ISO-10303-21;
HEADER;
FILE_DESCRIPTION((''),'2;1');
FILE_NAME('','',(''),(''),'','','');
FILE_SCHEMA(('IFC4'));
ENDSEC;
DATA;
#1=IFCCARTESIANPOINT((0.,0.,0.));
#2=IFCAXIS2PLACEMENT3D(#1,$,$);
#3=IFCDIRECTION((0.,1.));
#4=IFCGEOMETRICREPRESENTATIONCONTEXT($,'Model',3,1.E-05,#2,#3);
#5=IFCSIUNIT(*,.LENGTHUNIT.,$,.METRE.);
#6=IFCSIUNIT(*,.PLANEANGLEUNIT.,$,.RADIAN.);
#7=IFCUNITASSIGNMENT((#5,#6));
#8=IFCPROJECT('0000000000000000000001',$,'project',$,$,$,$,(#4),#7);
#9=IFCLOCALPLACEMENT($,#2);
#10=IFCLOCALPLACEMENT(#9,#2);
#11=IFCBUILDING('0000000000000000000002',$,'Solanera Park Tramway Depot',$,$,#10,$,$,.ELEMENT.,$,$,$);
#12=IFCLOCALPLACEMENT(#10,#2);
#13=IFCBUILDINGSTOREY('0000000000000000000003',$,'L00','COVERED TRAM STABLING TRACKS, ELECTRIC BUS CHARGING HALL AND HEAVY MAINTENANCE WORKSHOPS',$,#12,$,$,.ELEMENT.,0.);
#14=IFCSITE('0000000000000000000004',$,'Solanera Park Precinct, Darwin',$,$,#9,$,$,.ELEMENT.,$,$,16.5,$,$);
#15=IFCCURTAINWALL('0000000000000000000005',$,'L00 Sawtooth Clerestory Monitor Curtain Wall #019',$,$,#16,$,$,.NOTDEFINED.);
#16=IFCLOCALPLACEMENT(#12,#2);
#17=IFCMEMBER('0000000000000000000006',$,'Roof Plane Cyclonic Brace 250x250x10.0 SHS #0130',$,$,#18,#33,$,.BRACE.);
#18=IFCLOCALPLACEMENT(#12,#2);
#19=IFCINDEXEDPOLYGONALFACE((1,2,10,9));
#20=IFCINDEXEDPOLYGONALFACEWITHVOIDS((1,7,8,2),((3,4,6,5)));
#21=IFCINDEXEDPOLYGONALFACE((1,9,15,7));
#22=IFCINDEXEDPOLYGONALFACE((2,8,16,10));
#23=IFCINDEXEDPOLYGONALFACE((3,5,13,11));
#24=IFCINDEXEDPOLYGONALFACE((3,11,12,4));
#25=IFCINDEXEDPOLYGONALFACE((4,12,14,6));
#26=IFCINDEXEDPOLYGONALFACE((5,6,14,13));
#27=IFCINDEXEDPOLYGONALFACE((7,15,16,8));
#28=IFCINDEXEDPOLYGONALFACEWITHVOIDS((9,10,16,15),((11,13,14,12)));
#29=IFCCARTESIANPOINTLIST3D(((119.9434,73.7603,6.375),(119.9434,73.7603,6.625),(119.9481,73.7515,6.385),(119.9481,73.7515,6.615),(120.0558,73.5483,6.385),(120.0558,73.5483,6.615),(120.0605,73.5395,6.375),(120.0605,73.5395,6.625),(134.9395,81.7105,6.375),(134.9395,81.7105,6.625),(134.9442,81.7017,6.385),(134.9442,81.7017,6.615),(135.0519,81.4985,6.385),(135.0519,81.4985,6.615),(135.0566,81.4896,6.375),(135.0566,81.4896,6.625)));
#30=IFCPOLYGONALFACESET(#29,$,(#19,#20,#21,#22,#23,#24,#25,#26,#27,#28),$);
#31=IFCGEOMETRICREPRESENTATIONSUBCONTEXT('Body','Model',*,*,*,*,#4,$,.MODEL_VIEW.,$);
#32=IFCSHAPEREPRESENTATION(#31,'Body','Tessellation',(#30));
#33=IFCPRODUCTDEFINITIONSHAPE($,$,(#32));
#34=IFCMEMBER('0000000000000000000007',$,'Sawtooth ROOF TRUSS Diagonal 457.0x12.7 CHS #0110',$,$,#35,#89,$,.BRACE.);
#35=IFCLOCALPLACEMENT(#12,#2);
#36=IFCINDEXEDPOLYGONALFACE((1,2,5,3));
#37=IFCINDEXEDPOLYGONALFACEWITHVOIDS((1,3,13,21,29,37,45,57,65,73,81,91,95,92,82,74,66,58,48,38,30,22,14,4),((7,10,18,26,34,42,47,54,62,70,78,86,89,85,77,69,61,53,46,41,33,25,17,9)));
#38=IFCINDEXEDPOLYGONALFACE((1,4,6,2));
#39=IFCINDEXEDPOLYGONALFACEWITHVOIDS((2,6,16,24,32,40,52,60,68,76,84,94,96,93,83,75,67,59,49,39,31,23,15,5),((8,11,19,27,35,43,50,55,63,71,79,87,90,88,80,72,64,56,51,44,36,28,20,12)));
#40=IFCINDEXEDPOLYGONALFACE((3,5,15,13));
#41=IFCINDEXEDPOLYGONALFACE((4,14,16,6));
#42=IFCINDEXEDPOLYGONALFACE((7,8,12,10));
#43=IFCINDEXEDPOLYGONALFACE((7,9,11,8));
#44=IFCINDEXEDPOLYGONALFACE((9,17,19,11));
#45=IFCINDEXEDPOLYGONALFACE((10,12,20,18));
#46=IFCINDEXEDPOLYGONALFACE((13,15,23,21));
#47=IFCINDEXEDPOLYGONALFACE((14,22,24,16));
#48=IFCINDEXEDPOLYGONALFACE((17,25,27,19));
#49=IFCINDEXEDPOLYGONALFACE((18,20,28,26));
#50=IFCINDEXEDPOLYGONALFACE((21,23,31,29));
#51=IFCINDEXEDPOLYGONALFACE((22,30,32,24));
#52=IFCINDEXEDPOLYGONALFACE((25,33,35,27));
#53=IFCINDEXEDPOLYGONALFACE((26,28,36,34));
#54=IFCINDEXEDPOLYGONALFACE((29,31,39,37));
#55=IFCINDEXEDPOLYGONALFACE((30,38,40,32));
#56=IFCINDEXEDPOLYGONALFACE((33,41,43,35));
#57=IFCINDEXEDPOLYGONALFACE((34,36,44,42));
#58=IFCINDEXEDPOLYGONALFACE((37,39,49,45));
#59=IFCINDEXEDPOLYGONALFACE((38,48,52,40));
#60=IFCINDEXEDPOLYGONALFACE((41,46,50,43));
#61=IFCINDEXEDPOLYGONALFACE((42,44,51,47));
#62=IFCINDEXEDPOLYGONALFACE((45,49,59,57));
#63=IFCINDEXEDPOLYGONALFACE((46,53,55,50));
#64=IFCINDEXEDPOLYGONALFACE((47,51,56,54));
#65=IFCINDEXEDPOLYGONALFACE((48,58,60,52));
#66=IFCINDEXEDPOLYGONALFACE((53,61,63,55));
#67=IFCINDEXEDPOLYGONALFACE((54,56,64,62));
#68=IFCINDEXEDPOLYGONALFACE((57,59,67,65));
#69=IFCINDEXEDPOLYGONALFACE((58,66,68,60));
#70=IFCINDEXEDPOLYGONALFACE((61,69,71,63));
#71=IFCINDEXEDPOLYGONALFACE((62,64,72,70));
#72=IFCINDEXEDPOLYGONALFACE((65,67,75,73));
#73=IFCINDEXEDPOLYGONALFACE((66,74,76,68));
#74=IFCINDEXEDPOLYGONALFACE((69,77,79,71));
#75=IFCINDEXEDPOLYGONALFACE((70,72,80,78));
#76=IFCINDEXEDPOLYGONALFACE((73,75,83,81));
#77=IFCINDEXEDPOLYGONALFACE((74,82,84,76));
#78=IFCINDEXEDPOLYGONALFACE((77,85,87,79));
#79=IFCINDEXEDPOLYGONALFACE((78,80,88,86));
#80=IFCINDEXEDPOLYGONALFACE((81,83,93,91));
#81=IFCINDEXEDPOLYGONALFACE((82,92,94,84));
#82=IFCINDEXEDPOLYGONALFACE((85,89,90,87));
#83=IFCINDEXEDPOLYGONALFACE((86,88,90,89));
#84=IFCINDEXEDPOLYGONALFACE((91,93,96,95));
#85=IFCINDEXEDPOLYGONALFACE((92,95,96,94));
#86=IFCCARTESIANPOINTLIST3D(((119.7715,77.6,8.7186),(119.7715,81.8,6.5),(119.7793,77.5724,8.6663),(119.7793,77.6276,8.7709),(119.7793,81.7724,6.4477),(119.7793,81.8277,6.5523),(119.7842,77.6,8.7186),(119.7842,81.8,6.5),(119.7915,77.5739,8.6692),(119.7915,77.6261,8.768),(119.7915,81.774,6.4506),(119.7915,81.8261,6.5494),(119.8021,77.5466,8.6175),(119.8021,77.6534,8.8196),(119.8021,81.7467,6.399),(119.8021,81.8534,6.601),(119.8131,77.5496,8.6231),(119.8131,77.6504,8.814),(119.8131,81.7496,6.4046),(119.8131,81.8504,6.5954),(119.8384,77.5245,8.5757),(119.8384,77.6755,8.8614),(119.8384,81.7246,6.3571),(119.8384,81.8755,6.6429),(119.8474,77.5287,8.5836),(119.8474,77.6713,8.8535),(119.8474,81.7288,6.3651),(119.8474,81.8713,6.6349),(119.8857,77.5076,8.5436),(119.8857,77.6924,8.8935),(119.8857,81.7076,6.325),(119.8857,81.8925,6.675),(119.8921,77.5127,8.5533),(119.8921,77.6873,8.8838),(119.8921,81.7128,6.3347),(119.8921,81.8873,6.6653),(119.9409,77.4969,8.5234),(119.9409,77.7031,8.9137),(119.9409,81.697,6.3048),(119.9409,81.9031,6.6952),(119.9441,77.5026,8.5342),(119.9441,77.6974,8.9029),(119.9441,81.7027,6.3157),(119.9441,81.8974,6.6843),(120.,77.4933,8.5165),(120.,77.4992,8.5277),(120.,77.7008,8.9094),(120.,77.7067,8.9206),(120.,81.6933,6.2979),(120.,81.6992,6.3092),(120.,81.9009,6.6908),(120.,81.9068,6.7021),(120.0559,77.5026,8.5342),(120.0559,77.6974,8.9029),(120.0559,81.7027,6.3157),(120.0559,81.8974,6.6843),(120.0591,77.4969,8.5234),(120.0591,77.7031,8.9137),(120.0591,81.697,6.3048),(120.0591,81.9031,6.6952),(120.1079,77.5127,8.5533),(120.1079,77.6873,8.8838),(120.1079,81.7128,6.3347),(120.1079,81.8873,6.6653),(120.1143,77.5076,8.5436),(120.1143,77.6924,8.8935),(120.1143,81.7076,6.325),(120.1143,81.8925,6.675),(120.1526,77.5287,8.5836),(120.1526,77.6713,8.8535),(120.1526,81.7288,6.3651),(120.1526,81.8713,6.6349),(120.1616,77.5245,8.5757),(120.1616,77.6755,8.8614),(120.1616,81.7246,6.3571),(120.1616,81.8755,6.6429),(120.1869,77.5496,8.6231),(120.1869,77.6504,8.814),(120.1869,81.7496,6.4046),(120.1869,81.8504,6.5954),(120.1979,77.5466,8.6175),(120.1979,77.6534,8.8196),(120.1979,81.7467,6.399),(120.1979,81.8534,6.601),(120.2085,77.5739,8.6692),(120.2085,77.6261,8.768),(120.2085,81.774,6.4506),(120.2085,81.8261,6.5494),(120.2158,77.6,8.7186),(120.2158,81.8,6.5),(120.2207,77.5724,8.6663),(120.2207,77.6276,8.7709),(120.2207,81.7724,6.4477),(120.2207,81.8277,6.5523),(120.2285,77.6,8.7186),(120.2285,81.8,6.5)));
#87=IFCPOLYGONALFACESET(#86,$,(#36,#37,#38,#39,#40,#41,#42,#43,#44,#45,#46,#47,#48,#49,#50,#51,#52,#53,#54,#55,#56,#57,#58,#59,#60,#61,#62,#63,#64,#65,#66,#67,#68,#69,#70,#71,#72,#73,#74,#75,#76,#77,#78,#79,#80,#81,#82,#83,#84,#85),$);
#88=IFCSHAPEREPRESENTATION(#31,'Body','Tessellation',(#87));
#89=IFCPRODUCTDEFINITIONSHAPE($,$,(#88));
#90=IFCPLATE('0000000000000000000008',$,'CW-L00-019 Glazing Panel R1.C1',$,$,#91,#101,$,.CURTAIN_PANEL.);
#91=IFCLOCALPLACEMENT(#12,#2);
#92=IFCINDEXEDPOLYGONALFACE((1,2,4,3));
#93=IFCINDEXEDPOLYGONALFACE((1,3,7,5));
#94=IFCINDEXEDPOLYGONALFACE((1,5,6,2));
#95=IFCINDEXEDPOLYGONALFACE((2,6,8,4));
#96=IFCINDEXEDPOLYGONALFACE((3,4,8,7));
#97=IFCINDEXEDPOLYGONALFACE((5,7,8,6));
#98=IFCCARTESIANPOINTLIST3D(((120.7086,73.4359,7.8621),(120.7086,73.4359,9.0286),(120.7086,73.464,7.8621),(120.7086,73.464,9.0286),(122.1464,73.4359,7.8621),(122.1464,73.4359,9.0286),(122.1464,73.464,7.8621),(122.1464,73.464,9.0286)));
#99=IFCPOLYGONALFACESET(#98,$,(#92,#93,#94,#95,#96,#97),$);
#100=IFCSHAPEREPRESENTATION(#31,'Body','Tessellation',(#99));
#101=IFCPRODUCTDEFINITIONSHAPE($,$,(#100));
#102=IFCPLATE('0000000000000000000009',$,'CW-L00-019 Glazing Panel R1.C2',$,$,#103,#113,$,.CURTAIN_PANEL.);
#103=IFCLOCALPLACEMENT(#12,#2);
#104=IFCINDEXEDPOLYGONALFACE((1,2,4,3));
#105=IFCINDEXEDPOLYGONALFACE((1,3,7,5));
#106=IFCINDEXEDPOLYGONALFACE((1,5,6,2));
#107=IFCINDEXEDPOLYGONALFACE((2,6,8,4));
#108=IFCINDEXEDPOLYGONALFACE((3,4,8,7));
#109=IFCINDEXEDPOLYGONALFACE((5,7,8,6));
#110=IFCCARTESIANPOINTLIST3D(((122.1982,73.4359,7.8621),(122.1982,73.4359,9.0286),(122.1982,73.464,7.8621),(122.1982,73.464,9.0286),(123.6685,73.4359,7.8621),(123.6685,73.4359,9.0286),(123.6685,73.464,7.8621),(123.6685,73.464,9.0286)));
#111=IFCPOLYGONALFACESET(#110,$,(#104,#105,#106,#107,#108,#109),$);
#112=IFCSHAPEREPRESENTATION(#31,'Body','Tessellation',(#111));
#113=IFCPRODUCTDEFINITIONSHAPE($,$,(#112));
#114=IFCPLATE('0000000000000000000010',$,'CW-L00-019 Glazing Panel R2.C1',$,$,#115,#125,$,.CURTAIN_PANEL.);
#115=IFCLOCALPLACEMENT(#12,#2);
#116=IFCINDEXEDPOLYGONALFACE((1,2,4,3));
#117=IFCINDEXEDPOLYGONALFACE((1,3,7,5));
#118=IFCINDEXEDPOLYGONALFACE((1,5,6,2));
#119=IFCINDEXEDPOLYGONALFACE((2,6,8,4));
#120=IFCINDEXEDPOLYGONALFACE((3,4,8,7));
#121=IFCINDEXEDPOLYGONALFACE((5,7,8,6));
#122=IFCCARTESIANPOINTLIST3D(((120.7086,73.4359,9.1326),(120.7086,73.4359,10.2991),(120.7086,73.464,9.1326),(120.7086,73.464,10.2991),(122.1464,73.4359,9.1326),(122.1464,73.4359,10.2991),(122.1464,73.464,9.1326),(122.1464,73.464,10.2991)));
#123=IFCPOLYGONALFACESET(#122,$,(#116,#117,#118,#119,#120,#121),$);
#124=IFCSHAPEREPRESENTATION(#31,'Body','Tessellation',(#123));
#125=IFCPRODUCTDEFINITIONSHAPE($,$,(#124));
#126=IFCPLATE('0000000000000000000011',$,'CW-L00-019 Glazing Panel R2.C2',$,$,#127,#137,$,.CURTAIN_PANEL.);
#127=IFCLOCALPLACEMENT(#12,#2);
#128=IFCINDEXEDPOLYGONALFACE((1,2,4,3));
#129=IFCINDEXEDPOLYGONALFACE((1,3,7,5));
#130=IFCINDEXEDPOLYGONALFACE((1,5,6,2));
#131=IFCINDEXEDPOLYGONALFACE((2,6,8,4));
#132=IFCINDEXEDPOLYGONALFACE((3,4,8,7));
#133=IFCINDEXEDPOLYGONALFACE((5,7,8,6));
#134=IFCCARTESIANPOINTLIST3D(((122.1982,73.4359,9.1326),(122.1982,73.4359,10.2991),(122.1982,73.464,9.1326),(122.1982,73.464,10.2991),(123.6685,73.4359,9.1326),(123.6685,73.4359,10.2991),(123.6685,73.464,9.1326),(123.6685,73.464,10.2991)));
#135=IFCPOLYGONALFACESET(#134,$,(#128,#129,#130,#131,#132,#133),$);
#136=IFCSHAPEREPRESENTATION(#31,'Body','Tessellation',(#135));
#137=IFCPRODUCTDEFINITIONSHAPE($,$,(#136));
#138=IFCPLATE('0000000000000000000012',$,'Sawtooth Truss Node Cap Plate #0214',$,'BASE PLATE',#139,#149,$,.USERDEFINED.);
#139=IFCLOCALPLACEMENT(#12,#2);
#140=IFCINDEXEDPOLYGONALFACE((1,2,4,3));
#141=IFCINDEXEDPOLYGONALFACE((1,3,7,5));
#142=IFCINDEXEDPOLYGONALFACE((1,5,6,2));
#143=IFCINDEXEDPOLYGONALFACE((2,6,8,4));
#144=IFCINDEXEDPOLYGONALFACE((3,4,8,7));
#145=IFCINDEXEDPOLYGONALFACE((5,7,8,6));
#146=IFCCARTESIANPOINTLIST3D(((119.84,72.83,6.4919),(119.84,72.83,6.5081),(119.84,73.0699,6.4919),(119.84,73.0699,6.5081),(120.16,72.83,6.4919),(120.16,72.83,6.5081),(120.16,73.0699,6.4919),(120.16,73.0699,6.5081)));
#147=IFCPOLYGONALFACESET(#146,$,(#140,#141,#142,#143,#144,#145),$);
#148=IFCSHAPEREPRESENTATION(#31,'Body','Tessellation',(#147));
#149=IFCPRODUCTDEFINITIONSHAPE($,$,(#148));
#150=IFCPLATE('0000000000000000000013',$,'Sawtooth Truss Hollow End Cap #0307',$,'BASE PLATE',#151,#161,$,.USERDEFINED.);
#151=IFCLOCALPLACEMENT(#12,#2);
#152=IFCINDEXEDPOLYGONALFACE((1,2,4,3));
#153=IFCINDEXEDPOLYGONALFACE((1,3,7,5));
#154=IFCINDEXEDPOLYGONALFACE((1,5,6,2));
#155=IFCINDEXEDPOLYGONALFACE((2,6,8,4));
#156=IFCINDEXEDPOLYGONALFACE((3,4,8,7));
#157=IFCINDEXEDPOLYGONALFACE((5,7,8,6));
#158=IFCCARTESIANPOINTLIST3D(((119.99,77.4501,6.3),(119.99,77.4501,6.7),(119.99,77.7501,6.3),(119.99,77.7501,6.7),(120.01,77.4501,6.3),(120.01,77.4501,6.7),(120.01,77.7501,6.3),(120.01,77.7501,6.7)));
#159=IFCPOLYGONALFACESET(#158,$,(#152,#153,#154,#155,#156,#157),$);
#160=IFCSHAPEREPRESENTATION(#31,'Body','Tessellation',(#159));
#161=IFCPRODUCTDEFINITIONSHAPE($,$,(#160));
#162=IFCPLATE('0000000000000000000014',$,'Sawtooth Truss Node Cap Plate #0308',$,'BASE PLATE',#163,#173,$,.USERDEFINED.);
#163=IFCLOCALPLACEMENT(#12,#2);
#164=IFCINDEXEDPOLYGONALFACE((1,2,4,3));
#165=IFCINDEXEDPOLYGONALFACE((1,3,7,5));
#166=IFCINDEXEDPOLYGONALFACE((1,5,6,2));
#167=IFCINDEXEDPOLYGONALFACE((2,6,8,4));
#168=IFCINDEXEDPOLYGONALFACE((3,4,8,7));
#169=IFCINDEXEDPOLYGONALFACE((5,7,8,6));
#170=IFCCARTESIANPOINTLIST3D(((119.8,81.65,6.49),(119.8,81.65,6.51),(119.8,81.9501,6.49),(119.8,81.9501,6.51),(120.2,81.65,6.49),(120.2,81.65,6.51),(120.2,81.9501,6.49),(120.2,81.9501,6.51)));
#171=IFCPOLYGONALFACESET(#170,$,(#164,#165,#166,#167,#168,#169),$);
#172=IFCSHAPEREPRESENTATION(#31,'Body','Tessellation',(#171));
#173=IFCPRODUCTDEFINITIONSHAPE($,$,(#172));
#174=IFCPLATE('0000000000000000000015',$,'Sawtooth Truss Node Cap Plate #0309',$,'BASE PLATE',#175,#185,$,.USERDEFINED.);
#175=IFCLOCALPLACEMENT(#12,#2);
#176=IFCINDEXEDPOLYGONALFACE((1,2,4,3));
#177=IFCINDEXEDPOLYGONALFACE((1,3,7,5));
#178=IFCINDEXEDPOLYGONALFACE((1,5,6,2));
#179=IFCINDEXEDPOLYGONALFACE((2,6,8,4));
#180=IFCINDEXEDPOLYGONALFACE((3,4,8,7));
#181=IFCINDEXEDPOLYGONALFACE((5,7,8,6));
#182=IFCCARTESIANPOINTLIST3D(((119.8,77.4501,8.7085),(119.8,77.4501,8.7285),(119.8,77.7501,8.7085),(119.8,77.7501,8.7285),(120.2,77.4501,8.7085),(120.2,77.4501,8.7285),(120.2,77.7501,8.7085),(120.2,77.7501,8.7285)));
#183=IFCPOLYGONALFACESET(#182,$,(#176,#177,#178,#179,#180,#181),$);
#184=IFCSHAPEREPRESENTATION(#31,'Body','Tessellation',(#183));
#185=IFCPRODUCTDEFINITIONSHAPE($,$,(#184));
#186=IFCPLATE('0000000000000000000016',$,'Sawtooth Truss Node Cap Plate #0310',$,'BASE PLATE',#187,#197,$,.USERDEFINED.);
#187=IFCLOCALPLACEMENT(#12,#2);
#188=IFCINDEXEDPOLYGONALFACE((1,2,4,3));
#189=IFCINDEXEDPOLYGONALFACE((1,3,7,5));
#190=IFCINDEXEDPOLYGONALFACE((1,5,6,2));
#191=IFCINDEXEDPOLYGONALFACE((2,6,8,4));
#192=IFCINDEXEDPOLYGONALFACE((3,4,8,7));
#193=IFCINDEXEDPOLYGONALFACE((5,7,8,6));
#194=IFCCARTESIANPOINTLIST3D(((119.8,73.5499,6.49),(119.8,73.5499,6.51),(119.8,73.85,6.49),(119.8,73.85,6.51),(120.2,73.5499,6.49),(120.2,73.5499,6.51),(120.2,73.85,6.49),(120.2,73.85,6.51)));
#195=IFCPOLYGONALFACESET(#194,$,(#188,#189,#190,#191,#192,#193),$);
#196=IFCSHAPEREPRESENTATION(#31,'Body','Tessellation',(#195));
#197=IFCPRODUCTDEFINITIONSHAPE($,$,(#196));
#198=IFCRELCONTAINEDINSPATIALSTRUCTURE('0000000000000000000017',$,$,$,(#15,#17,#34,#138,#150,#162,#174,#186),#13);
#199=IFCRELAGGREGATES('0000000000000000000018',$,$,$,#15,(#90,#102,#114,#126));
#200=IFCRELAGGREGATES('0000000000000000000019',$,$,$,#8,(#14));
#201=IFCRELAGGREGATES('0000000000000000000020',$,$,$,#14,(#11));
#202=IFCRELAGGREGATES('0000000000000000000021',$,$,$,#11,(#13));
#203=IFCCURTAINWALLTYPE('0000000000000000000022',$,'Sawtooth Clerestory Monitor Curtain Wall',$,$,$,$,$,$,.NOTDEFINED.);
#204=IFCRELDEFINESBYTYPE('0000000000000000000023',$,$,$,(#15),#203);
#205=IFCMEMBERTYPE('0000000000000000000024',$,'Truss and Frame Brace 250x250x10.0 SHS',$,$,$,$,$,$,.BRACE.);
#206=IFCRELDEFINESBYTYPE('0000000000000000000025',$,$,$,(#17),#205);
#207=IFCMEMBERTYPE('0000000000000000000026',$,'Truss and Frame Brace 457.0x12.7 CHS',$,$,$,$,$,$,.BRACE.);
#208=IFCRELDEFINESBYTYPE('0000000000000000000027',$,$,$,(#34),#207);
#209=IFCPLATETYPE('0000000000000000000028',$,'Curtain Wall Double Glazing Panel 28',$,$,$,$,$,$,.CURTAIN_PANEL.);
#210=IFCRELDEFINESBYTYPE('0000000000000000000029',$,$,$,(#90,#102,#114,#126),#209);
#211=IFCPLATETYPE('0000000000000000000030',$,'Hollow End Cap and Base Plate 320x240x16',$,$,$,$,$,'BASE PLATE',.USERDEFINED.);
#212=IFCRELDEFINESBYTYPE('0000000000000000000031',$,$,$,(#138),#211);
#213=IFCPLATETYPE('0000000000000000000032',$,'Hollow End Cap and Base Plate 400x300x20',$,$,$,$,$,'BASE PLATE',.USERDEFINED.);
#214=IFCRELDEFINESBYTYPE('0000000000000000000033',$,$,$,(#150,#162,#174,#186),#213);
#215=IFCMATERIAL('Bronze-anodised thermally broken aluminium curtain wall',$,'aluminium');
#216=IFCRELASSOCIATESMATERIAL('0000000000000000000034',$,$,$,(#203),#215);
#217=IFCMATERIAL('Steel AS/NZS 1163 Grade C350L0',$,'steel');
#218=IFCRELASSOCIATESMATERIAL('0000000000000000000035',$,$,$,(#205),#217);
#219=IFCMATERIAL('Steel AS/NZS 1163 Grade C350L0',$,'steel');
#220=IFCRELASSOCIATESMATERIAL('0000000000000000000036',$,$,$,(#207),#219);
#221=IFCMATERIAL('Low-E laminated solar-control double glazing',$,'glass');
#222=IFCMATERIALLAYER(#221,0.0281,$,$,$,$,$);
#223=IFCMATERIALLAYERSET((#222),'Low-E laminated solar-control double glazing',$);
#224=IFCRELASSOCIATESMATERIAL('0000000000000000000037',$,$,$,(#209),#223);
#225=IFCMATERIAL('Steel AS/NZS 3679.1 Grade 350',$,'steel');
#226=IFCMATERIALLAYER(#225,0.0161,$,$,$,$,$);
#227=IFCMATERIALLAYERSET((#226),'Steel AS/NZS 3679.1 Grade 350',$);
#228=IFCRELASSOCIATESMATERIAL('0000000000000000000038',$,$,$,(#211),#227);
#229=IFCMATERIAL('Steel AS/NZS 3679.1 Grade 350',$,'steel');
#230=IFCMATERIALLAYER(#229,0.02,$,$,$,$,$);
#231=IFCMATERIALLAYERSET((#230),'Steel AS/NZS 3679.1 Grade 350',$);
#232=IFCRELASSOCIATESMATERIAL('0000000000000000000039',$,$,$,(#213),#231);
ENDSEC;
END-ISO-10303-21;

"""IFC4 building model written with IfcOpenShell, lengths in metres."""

from ifc_helpers import new_model, si_unit, direction, frame, origin, origin_2d, place, context, subcontext, project, spatial, rectangle, hollow_rectangle, hollow_circle, extrude, material, layer, layer_set, material_profile, profile_set, type_object, element, aggregate, save


model = new_model("IFC4")

# Units and contexts
model_context = context("Model", 3, precision=1e-05, world=origin(), true_north=direction((0.0, 1.0)))
body_context = subcontext(model_context, "Body", "Model", "MODEL_VIEW")
ifc_project = project(units=[si_unit("LENGTHUNIT", "METRE"), si_unit("PLANEANGLEUNIT", "RADIAN")], contexts=[model_context])

# Site, building, storey
site_placement = place(None, origin())
site = spatial("IfcSite", under=ifc_project, at=site_placement, Name="Solanera Park Precinct, Darwin", CompositionType="ELEMENT", RefElevation=16.5)
building_placement = place(site_placement, origin())
building = spatial("IfcBuilding", under=site, at=building_placement, Name="Solanera Park Tramway Depot", CompositionType="ELEMENT")
storey_placement = place(building_placement, origin())
storey = spatial("IfcBuildingStorey", under=building, at=storey_placement, Name="L00", Description="COVERED TRAM STABLING TRACKS, ELECTRIC BUS CHARGING HALL AND HEAVY MAINTENANCE WORKSHOPS", CompositionType="ELEMENT", Elevation=0.0)

# Curtain wall
ifc_material_1 = material(Name="Bronze-anodised thermally broken aluminium curtain wall", Category="aluminium")
curtain_wall_type = type_object("IfcCurtainWallType", Name="Sawtooth Clerestory Monitor Curtain Wall", PredefinedType="NOTDEFINED", material=ifc_material_1)
curtain_wall_placement = place(storey_placement, origin())
curtain_wall = element("IfcCurtainWall", 1, at=curtain_wall_placement, inside=storey, type_object=curtain_wall_type, Name="L00 Sawtooth Clerestory Monitor Curtain Wall #019", PredefinedType="NOTDEFINED")

# Members
ifc_material_2 = material(Name="Steel AS/NZS 1163 Grade C350L0", Category="steel")
ifc_material_profile_1 = material_profile(ifc_material_2, hollow_rectangle(XDim=0.25, YDim=0.25, WallThickness=0.01, at=origin_2d()), Name="250x250x10.0 SHS")
ifc_profile_set_1 = profile_set([ifc_material_profile_1], Name="Steel AS/NZS 1163 Grade C350L0")
member_type_1 = type_object("IfcMemberType", Name="Truss and Frame Brace 250x250x10.0 SHS", PredefinedType="BRACE", material=ifc_profile_set_1)
member_1_placement = place(storey_placement, frame((120.002, 73.6499, 6.5), z_axis=(0.883518, 0.468398, 0.0), x_axis=(-0.468398, 0.883518, 0.0)))
element("IfcMember", 2, at=member_1_placement, inside=storey, type_object=member_type_1, Name="Roof Plane Cyclonic Brace 250x250x10.0 SHS #0130", PredefinedType="BRACE", context=body_context, shape_type="SweptSolid", body=[
    extrude(hollow_rectangle(XDim=0.25, YDim=0.25, WallThickness=0.01, at=origin_2d()), origin(), (0.0, 0.0, 1.0), 16.9731),
])
ifc_material_3 = material(Name="Steel AS/NZS 1163 Grade C350L0", Category="steel")
ifc_material_profile_2 = material_profile(ifc_material_3, hollow_circle(Radius=0.2285, WallThickness=0.0127, at=origin_2d()), Name="457.0x12.7 CHS")
ifc_profile_set_2 = profile_set([ifc_material_profile_2], Name="Steel AS/NZS 1163 Grade C350L0")
member_type_2 = type_object("IfcMemberType", Name="Truss and Frame Brace 457.0x12.7 CHS", PredefinedType="BRACE", material=ifc_profile_set_2)
member_2_placement = place(storey_placement, frame((120.0, 81.8, 6.5), z_axis=(0.0, -0.884223, 0.467066), x_axis=(1.0, 0.0, 0.0)))
element("IfcMember", 3, at=member_2_placement, inside=storey, type_object=member_type_2, Name="Sawtooth ROOF TRUSS Diagonal 457.0x12.7 CHS #0110", PredefinedType="BRACE", context=body_context, shape_type="SweptSolid", body=[
    extrude(hollow_circle(Radius=0.2285, WallThickness=0.0127, at=origin_2d()), origin(), (0.0, 0.0, 1.0), 4.75),
])

# Plates
ifc_material_4 = material(Name="Low-E laminated solar-control double glazing", Category="glass")
ifc_layer_1 = layer(ifc_material_4, 0.0281)
ifc_layer_set_1 = layer_set([ifc_layer_1], Name="Low-E laminated solar-control double glazing")
plate_type_1 = type_object("IfcPlateType", Name="Curtain Wall Double Glazing Panel 28", PredefinedType="CURTAIN_PANEL", material=ifc_layer_set_1)
plate_1_placement = place(storey_placement, frame((121.4275, 73.45, 7.8621), z_axis=(0.0, 0.0, 1.0), x_axis=(1.0, 0.0, 0.0)))
plate_1 = element("IfcPlate", 4, at=plate_1_placement, type_object=plate_type_1, Name="CW-L00-019 Glazing Panel R1.C1", PredefinedType="CURTAIN_PANEL", context=body_context, shape_type="SweptSolid", body=[
    extrude(rectangle(XDim=1.4377, YDim=0.0281, at=origin_2d()), origin(), (0.0, 0.0, 1.0), 1.1665),
])
plate_2_placement = place(storey_placement, frame((122.9333, 73.45, 7.8621), z_axis=(0.0, 0.0, 1.0), x_axis=(1.0, 0.0, 0.0)))
plate_2 = element("IfcPlate", 5, at=plate_2_placement, type_object=plate_type_1, Name="CW-L00-019 Glazing Panel R1.C2", PredefinedType="CURTAIN_PANEL", context=body_context, shape_type="SweptSolid", body=[
    extrude(rectangle(XDim=1.4702, YDim=0.0281, at=origin_2d()), origin(), (0.0, 0.0, 1.0), 1.1665),
])
plate_3_placement = place(storey_placement, frame((121.4275, 73.45, 9.1326), z_axis=(0.0, 0.0, 1.0), x_axis=(1.0, 0.0, 0.0)))
plate_3 = element("IfcPlate", 6, at=plate_3_placement, type_object=plate_type_1, Name="CW-L00-019 Glazing Panel R2.C1", PredefinedType="CURTAIN_PANEL", context=body_context, shape_type="SweptSolid", body=[
    extrude(rectangle(XDim=1.4377, YDim=0.0281, at=origin_2d()), origin(), (0.0, 0.0, 1.0), 1.1665),
])
plate_4_placement = place(storey_placement, frame((122.9333, 73.45, 9.1326), z_axis=(0.0, 0.0, 1.0), x_axis=(1.0, 0.0, 0.0)))
plate_4 = element("IfcPlate", 7, at=plate_4_placement, type_object=plate_type_1, Name="CW-L00-019 Glazing Panel R2.C2", PredefinedType="CURTAIN_PANEL", context=body_context, shape_type="SweptSolid", body=[
    extrude(rectangle(XDim=1.4702, YDim=0.0281, at=origin_2d()), origin(), (0.0, 0.0, 1.0), 1.1665),
])
aggregate(curtain_wall, [plate_1, plate_2, plate_3, plate_4])

# Plates
ifc_material_5 = material(Name="Steel AS/NZS 3679.1 Grade 350", Category="steel")
ifc_layer_2 = layer(ifc_material_5, 0.0161)
ifc_layer_set_2 = layer_set([ifc_layer_2], Name="Steel AS/NZS 3679.1 Grade 350")
plate_type_2 = type_object("IfcPlateType", Name="Hollow End Cap and Base Plate 320x240x16", ElementType="BASE PLATE", PredefinedType="USERDEFINED", material=ifc_layer_set_2)
plate_5_placement = place(storey_placement, frame((120.0, 72.95, 6.4919), z_axis=(0.0, 0.0, 1.0), x_axis=(1.0, 0.0, 0.0)))
element("IfcPlate", 8, at=plate_5_placement, inside=storey, type_object=plate_type_2, Name="Sawtooth Truss Node Cap Plate #0214", ObjectType="BASE PLATE", PredefinedType="USERDEFINED", context=body_context, shape_type="SweptSolid", body=[
    extrude(rectangle(XDim=0.3201, YDim=0.24, at=origin_2d()), origin(), (0.0, 0.0, 1.0), 0.0161),
])
ifc_material_6 = material(Name="Steel AS/NZS 3679.1 Grade 350", Category="steel")
ifc_layer_3 = layer(ifc_material_6, 0.02)
ifc_layer_set_3 = layer_set([ifc_layer_3], Name="Steel AS/NZS 3679.1 Grade 350")
plate_type_3 = type_object("IfcPlateType", Name="Hollow End Cap and Base Plate 400x300x20", ElementType="BASE PLATE", PredefinedType="USERDEFINED", material=ifc_layer_set_3)
plate_6_placement = place(storey_placement, frame((120.0, 77.6001, 6.3), z_axis=(0.0, 0.0, 1.0), x_axis=(1.0, 0.0, 0.0)))
element("IfcPlate", 9, at=plate_6_placement, inside=storey, type_object=plate_type_3, Name="Sawtooth Truss Hollow End Cap #0307", ObjectType="BASE PLATE", PredefinedType="USERDEFINED", context=body_context, shape_type="SweptSolid", body=[
    extrude(rectangle(XDim=0.02, YDim=0.3, at=origin_2d()), origin(), (0.0, 0.0, 1.0), 0.3999),
])
for number, where, z_axis, x_axis, name in (
    (10, (120.0, 81.8, 6.49), (0.0, 0.0, 1.0), (1.0, 0.0, 0.0), "Sawtooth Truss Node Cap Plate #0308"),
    (11, (120.0, 77.6001, 8.7085), (0.0, 0.0, 1.0), (1.0, 0.0, 0.0), "Sawtooth Truss Node Cap Plate #0309"),
    (12, (120.0, 73.7, 6.49), (0.0, 0.0, 1.0), (1.0, 0.0, 0.0), "Sawtooth Truss Node Cap Plate #0310"),
):
    element("IfcPlate", number, at=place(storey_placement, frame(where, z_axis=z_axis, x_axis=x_axis)), inside=storey, type_object=plate_type_3, Name=name, ObjectType="BASE PLATE", PredefinedType="USERDEFINED", context=body_context, shape_type="SweptSolid", body=[
        extrude(rectangle(XDim=0.3999, YDim=0.3, at=origin_2d()), origin(), (0.0, 0.0, 1.0), 0.02),
    ])

save(model, "model.ifc")
